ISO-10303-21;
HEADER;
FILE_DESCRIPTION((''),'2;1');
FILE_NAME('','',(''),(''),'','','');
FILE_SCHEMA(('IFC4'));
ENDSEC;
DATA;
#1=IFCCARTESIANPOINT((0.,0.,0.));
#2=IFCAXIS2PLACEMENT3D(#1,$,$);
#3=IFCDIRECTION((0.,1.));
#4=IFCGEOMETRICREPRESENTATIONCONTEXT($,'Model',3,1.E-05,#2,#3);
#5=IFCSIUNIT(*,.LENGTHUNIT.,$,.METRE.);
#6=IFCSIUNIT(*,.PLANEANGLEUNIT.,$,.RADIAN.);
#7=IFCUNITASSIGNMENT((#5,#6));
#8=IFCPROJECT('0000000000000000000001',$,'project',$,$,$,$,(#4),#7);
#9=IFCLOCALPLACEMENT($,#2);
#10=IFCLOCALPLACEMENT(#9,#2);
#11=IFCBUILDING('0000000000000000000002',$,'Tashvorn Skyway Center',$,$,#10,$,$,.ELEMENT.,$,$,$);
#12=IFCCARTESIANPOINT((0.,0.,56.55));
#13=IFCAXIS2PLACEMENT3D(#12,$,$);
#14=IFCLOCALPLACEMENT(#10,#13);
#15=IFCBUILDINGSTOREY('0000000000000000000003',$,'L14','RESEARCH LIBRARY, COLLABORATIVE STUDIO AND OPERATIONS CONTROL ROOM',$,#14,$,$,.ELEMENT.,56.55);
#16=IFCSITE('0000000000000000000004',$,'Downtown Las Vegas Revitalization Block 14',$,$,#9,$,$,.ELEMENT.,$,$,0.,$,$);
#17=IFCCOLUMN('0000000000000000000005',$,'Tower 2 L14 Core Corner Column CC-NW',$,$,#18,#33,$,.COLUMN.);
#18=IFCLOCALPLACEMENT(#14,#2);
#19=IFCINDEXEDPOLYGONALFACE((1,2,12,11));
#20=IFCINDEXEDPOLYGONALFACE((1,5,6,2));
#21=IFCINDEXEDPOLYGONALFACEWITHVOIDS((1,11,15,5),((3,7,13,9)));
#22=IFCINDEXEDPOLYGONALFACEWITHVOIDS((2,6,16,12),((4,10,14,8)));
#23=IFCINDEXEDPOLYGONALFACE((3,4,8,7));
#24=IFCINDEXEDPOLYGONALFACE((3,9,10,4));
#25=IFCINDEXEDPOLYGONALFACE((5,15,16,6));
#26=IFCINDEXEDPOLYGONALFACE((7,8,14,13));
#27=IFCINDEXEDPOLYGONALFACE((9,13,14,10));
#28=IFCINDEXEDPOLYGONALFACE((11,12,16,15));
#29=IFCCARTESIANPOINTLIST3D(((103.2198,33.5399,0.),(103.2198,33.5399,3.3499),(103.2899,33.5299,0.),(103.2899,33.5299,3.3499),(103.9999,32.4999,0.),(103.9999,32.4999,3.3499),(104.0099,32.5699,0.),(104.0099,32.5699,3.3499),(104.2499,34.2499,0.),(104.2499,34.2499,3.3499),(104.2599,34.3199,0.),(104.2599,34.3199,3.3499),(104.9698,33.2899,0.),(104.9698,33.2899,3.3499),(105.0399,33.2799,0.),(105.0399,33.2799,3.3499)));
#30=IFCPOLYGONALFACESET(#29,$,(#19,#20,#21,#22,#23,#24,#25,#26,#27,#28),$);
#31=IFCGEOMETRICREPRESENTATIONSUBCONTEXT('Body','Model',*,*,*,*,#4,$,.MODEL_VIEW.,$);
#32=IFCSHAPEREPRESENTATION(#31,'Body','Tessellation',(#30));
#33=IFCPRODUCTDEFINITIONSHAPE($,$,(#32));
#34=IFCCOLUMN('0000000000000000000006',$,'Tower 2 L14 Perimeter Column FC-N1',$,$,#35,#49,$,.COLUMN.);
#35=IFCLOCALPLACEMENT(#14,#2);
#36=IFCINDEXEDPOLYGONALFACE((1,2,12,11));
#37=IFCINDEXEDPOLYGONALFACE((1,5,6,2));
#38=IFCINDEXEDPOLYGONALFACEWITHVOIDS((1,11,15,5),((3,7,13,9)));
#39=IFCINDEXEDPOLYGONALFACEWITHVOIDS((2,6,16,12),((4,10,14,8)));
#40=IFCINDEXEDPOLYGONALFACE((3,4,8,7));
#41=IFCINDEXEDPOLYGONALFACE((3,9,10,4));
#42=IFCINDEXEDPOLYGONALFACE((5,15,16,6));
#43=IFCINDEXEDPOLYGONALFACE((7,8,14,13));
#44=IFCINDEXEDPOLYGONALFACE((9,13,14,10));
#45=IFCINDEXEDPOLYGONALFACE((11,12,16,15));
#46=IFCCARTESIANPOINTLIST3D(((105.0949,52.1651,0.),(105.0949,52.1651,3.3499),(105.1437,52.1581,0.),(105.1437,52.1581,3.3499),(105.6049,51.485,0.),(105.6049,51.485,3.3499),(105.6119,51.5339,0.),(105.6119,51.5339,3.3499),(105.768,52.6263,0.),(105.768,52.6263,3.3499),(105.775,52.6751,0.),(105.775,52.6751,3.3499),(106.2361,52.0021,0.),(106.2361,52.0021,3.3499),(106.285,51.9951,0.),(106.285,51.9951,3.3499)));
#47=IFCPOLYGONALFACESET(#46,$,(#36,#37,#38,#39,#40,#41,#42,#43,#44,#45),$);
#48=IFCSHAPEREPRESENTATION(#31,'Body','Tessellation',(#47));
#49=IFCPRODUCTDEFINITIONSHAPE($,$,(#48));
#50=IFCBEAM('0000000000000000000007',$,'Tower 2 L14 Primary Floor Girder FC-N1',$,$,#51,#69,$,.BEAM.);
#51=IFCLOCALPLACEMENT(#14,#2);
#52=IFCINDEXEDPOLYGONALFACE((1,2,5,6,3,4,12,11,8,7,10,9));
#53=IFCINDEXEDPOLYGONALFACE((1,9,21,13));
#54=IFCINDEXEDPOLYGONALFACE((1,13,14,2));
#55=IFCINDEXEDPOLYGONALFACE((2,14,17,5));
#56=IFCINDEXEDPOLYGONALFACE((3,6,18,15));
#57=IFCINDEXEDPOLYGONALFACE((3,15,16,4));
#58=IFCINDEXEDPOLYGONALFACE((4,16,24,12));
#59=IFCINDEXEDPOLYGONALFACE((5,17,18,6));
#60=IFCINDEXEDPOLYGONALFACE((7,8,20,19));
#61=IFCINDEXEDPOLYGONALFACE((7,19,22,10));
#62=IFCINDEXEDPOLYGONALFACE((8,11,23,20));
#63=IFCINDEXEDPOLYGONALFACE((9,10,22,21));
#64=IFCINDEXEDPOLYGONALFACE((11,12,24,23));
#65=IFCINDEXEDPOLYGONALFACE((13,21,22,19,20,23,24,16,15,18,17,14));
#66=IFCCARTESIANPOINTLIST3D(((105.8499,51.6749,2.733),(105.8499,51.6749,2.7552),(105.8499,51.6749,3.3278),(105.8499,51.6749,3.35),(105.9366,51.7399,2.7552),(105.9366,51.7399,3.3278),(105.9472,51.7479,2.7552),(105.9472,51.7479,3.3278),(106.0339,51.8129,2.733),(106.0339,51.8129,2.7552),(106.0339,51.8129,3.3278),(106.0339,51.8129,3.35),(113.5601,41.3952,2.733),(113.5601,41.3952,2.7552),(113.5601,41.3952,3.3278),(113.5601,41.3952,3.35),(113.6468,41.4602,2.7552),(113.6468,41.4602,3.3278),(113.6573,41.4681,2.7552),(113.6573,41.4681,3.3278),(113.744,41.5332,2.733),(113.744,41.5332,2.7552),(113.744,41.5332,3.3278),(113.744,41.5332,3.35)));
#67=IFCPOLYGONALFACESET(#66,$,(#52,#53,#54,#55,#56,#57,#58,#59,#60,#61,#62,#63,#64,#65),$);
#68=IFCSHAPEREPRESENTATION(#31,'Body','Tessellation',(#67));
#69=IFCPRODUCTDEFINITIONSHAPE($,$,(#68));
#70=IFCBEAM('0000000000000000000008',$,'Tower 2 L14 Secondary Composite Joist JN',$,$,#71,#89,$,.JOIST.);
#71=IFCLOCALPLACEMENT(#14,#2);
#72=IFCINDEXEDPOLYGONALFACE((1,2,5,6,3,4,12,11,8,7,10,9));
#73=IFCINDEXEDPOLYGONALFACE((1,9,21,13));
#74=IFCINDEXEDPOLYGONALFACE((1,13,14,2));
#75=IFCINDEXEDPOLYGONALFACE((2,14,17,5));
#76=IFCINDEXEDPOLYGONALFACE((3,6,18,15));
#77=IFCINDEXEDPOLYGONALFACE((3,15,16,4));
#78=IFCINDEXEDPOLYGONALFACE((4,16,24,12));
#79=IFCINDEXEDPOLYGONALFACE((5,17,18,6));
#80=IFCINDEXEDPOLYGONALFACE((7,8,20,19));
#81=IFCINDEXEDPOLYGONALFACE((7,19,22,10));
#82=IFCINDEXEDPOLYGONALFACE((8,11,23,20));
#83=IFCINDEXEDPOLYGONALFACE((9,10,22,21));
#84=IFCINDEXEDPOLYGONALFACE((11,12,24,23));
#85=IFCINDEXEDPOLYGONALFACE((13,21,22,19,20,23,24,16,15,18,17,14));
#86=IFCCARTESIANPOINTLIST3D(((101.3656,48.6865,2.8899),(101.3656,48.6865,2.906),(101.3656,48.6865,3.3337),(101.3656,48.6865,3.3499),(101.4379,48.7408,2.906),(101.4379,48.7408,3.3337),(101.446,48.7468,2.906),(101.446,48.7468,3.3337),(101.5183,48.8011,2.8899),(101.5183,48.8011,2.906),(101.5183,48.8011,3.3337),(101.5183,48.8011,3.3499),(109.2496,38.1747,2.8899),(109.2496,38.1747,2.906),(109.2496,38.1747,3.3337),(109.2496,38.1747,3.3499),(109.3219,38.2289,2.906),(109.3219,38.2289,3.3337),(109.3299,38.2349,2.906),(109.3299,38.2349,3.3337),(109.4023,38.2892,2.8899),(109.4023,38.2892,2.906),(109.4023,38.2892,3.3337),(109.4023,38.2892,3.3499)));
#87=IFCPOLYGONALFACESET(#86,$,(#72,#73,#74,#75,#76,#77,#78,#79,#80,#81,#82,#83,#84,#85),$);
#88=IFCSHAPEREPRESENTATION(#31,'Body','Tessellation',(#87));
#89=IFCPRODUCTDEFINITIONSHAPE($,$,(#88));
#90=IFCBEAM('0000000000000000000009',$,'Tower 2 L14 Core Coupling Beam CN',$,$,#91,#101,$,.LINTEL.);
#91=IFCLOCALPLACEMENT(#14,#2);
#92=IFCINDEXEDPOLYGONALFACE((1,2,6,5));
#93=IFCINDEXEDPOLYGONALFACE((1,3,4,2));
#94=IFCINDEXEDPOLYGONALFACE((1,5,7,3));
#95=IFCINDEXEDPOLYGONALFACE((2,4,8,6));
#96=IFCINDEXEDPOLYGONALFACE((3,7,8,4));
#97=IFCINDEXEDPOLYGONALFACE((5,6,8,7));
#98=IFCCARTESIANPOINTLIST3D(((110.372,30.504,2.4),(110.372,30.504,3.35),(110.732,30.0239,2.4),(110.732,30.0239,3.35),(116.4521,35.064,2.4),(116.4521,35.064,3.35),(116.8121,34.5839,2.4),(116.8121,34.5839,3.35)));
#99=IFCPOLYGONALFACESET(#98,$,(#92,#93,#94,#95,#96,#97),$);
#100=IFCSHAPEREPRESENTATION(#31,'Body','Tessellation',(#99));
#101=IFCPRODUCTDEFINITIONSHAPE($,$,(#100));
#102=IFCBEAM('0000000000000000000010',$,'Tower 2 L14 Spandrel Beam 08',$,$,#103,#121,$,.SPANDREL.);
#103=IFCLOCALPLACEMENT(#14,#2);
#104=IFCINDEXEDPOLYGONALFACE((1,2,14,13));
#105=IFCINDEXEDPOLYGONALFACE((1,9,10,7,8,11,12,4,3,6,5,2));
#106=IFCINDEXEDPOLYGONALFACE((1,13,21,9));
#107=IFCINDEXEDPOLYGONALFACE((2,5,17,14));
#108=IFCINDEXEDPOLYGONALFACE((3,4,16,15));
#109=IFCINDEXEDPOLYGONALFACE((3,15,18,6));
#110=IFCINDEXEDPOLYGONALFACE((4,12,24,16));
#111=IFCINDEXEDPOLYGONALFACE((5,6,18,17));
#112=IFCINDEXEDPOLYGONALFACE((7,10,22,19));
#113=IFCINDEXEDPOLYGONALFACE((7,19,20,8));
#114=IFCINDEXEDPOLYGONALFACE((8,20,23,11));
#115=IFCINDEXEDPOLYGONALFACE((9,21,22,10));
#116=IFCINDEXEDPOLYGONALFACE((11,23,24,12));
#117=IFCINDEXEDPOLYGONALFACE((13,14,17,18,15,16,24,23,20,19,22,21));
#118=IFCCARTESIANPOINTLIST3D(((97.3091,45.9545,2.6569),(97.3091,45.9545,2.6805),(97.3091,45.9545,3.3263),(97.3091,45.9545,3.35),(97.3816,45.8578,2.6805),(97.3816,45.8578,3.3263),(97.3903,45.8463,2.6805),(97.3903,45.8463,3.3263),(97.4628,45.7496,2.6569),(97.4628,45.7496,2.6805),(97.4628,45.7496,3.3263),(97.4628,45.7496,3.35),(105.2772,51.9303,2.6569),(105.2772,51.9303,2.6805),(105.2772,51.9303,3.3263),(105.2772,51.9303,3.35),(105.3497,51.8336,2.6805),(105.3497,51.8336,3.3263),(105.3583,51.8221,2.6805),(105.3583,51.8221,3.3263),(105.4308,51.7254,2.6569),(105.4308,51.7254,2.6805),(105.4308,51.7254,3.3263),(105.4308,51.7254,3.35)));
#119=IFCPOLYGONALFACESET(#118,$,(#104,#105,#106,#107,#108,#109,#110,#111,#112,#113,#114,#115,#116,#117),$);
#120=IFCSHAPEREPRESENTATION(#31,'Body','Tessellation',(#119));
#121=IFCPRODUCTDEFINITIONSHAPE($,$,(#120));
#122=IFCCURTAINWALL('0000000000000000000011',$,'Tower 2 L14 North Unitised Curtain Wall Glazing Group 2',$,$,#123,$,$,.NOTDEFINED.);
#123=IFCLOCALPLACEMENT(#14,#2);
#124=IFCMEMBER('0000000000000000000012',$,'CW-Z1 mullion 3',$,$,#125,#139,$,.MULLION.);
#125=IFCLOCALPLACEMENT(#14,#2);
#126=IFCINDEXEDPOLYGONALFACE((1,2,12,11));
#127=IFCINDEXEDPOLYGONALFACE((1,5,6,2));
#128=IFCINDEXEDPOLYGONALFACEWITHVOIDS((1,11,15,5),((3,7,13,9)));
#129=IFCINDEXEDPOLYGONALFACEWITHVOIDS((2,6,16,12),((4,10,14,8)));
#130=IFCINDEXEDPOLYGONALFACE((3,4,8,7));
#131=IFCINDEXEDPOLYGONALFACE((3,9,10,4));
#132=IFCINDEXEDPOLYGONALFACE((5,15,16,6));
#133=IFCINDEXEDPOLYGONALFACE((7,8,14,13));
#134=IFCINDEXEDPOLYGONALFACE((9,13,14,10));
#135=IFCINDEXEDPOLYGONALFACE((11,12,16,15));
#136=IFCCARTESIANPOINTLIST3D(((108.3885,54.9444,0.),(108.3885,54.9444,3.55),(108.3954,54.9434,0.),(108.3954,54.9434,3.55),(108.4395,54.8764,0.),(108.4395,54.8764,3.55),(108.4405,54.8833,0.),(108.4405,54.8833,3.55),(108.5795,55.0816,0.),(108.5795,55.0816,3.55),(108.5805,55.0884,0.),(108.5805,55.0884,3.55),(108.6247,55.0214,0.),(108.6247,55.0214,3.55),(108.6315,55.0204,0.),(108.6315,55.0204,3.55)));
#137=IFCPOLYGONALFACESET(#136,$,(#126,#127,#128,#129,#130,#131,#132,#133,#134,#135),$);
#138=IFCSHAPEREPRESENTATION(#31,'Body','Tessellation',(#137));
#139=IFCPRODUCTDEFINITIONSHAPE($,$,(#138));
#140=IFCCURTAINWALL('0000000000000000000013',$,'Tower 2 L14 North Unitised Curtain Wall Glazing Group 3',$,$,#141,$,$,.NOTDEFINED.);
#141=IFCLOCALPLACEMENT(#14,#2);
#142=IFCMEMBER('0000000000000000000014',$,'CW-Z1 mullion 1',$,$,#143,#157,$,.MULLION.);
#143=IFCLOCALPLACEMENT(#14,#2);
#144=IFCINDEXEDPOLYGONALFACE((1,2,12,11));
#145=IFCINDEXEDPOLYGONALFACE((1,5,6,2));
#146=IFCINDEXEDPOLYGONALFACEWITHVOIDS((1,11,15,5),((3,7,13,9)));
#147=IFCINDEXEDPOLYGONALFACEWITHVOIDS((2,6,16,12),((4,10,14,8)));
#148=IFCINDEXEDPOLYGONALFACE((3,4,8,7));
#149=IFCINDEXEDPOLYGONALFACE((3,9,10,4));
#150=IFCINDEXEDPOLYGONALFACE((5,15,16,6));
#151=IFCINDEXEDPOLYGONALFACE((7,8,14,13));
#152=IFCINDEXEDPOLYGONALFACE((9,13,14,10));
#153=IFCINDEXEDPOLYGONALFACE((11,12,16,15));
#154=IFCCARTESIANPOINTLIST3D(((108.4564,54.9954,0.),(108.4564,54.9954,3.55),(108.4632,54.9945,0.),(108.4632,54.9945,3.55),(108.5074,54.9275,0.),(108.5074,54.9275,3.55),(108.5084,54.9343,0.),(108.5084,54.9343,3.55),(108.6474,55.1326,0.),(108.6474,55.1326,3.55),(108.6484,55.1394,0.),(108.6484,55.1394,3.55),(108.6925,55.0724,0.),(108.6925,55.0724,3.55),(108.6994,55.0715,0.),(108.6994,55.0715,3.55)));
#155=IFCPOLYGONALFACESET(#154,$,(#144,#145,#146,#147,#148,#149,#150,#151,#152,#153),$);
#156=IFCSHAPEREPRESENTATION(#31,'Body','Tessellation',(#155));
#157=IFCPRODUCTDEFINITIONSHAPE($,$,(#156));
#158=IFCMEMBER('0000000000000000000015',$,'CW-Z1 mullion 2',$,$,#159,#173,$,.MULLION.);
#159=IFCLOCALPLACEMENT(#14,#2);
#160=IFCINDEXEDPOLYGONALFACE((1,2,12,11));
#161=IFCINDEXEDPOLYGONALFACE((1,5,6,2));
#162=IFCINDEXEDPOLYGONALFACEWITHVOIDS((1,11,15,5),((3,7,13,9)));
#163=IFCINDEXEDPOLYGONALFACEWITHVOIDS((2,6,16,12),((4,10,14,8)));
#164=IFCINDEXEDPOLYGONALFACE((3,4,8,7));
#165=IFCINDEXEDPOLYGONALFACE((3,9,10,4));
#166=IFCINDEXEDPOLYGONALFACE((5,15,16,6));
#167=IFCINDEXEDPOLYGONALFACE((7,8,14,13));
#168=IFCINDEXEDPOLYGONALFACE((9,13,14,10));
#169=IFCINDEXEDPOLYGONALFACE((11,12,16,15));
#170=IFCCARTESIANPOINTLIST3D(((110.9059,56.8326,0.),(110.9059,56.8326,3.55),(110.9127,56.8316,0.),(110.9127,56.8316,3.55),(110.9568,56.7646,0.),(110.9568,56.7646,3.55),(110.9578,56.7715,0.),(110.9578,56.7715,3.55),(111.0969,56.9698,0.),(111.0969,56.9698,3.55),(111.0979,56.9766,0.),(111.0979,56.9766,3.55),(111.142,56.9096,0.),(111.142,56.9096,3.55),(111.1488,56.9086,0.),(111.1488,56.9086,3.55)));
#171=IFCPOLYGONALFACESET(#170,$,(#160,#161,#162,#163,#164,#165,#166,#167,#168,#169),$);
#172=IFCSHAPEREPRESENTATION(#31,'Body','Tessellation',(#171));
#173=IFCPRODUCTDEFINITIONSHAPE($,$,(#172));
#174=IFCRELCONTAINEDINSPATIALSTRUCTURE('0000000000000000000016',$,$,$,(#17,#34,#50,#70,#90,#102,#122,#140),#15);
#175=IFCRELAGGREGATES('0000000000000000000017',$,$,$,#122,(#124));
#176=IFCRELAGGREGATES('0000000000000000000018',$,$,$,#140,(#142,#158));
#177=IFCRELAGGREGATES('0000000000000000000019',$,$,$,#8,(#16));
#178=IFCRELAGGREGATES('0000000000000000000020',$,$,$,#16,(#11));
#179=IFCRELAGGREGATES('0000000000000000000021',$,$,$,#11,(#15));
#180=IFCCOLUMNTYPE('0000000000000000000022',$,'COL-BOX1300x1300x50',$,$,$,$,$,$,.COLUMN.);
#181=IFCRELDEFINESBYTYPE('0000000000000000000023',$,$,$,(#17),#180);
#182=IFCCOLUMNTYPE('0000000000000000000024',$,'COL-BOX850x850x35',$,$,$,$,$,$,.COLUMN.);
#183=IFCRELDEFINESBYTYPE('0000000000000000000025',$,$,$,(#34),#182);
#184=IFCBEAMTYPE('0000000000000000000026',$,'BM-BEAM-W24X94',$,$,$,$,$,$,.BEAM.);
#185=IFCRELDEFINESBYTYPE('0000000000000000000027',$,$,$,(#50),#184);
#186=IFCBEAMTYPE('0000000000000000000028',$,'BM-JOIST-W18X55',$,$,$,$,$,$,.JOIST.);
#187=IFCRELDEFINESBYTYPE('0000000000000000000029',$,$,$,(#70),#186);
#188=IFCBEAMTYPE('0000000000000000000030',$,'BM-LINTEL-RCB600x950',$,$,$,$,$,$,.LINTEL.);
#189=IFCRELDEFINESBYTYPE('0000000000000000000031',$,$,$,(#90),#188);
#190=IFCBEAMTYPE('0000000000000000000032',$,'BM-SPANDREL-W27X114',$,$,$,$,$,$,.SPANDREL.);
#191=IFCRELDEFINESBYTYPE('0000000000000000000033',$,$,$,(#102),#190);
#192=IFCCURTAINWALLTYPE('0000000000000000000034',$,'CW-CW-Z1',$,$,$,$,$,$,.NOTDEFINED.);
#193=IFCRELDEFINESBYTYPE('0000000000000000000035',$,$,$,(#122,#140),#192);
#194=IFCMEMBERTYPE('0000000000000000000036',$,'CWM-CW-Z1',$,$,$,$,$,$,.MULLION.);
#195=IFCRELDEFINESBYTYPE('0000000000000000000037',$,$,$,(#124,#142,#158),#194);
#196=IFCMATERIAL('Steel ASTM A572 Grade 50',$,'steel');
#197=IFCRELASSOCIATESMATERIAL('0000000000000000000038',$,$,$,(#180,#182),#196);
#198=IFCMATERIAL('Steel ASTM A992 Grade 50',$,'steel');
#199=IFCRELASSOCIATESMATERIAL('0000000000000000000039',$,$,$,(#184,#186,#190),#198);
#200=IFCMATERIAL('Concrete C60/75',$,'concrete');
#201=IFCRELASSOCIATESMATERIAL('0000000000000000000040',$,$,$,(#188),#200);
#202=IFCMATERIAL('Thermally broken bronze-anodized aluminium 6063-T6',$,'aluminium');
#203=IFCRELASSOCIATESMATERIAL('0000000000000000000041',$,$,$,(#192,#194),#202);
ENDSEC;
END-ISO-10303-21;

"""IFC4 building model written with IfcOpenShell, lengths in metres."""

from ifc_helpers import new_model, si_unit, direction, frame, origin, origin_2d, place, context, subcontext, project, spatial, rectangle, hollow_rectangle, i_section, extrude, material, material_profile, profile_set, type_object, element, aggregate, save


model = new_model("IFC4")

# Units and contexts
model_context = context("Model", 3, precision=1e-05, world=origin(), true_north=direction((0.0, 1.0)))
body_context = subcontext(model_context, "Body", "Model", "MODEL_VIEW")
ifc_project = project(units=[si_unit("LENGTHUNIT", "METRE"), si_unit("PLANEANGLEUNIT", "RADIAN")], contexts=[model_context])

# Site, building, storey
site_placement = place(None, origin())
site = spatial("IfcSite", under=ifc_project, at=site_placement, Name="Downtown Las Vegas Revitalization Block 14", CompositionType="ELEMENT", RefElevation=0.0)
building_placement = place(site_placement, origin())
building = spatial("IfcBuilding", under=site, at=building_placement, Name="Tashvorn Skyway Center", CompositionType="ELEMENT")
storey_placement = place(building_placement, frame((0.0, 0.0, 56.55)))
storey = spatial("IfcBuildingStorey", under=building, at=storey_placement, Name="L14", Description="RESEARCH LIBRARY, COLLABORATIVE STUDIO AND OPERATIONS CONTROL ROOM", CompositionType="ELEMENT", Elevation=56.55)

# Columns
ifc_material_1 = material(Name="Steel ASTM A572 Grade 50", Category="steel")
ifc_material_profile_1 = material_profile(ifc_material_1, hollow_rectangle(XDim=1.3, YDim=1.3, WallThickness=0.05, at=origin_2d()), Name="BOX1300x1300x50")
ifc_profile_set_1 = profile_set([ifc_material_profile_1], Name="Steel ASTM A572 Grade 50")
column_type_1 = type_object("IfcColumnType", Name="COL-BOX1300x1300x50", PredefinedType="COLUMN", material=ifc_profile_set_1)
column_1_placement = place(storey_placement, frame((104.1299, 33.4099, 0.0), z_axis=(0.0, 0.0, 1.0), x_axis=(0.8, 0.6, 0.0)))
element("IfcColumn", 1, at=column_1_placement, inside=storey, type_object=column_type_1, Name="Tower 2 L14 Core Corner Column CC-NW", PredefinedType="COLUMN", context=body_context, shape_type="SweptSolid", body=[
    extrude(hollow_rectangle(XDim=1.3, YDim=1.3, WallThickness=0.05, at=origin_2d()), origin(), (0.0, 0.0, 1.0), 3.3499),
])
ifc_material_profile_2 = material_profile(ifc_material_1, hollow_rectangle(XDim=0.8501, YDim=0.8501, WallThickness=0.0349, at=origin_2d()), Name="BOX850x850x35")
ifc_profile_set_2 = profile_set([ifc_material_profile_2], Name="Steel ASTM A572 Grade 50")
column_type_2 = type_object("IfcColumnType", Name="COL-BOX850x850x35", PredefinedType="COLUMN", material=ifc_profile_set_2)
column_2_placement = place(storey_placement, frame((105.6899, 52.0801, 0.0), z_axis=(0.0, 0.0, 1.0), x_axis=(0.8, 0.6, 0.0)))
element("IfcColumn", 2, at=column_2_placement, inside=storey, type_object=column_type_2, Name="Tower 2 L14 Perimeter Column FC-N1", PredefinedType="COLUMN", context=body_context, shape_type="SweptSolid", body=[
    extrude(hollow_rectangle(XDim=0.8501, YDim=0.8501, WallThickness=0.0349, at=origin_2d()), origin(), (0.0, 0.0, 1.0), 3.3499),
])

# Beams
ifc_material_2 = material(Name="Steel ASTM A992 Grade 50", Category="steel")
ifc_material_profile_3 = material_profile(ifc_material_2, i_section(OverallWidth=0.23, OverallDepth=0.6169, WebThickness=0.0132, FlangeThickness=0.0222, at=origin_2d()), Name="W24X94")
ifc_profile_set_3 = profile_set([ifc_material_profile_3], Name="Steel ASTM A992 Grade 50")
beam_type_1 = type_object("IfcBeamType", Name="BM-BEAM-W24X94", PredefinedType="BEAM", material=ifc_profile_set_3)
beam_1_placement = place(storey_placement, frame((105.9419, 51.7439, 3.0415), z_axis=(0.600018, -0.799986, 0.0), x_axis=(0.799986, 0.600018, 0.0)))
element("IfcBeam", 3, at=beam_1_placement, inside=storey, type_object=beam_type_1, Name="Tower 2 L14 Primary Floor Girder FC-N1", PredefinedType="BEAM", context=body_context, shape_type="SweptSolid", body=[
    extrude(i_section(OverallWidth=0.23, OverallDepth=0.6169, WebThickness=0.0132, FlangeThickness=0.0222, at=origin_2d()), origin(), (0.0, 0.0, 1.0), 12.8499),
])
ifc_material_profile_4 = material_profile(ifc_material_2, i_section(OverallWidth=0.1909, OverallDepth=0.46, WebThickness=0.01, FlangeThickness=0.0161, at=origin_2d()), Name="W18X55")
ifc_profile_set_4 = profile_set([ifc_material_profile_4], Name="Steel ASTM A992 Grade 50")
beam_type_2 = type_object("IfcBeamType", Name="BM-JOIST-W18X55", PredefinedType="JOIST", material=ifc_profile_set_4)
beam_2_placement = place(storey_placement, frame((109.3259, 38.2319, 3.1199), z_axis=(-0.600003, 0.799998, 0.0), x_axis=(-0.799998, -0.600003, 0.0)))
element("IfcBeam", 4, at=beam_2_placement, inside=storey, type_object=beam_type_2, Name="Tower 2 L14 Secondary Composite Joist JN", PredefinedType="JOIST", context=body_context, shape_type="SweptSolid", body=[
    extrude(i_section(OverallWidth=0.1909, OverallDepth=0.46, WebThickness=0.01, FlangeThickness=0.0161, at=origin_2d()), origin(), (0.0, 0.0, 1.0), 13.1399),
])
ifc_material_3 = material(Name="Concrete C60/75", Category="concrete")
ifc_material_profile_5 = material_profile(ifc_material_3, rectangle(XDim=0.6001, YDim=0.95, at=origin_2d()), Name="RCB600x950")
ifc_profile_set_5 = profile_set([ifc_material_profile_5], Name="Concrete C60/75")
beam_type_3 = type_object("IfcBeamType", Name="BM-LINTEL-RCB600x950", PredefinedType="LINTEL", material=ifc_profile_set_5)
beam_3_placement = place(storey_placement, frame((110.552, 30.2639, 2.875), z_axis=(0.8, 0.6, 0.0), x_axis=(-0.6, 0.8, 0.0)))
element("IfcBeam", 5, at=beam_3_placement, inside=storey, type_object=beam_type_3, Name="Tower 2 L14 Core Coupling Beam CN", PredefinedType="LINTEL", context=body_context, shape_type="SweptSolid", body=[
    extrude(rectangle(XDim=0.6001, YDim=0.95, at=origin_2d()), origin(), (0.0, 0.0, 1.0), 7.6001),
])
ifc_material_profile_6 = material_profile(ifc_material_2, i_section(OverallWidth=0.2561, OverallDepth=0.6931, WebThickness=0.0144, FlangeThickness=0.0237, at=origin_2d()), Name="W27X114")
ifc_profile_set_6 = profile_set([ifc_material_profile_6], Name="Steel ASTM A992 Grade 50")
beam_type_4 = type_object("IfcBeamType", Name="BM-SPANDREL-W27X114", PredefinedType="SPANDREL", material=ifc_profile_set_6)
beam_4_placement = place(storey_placement, frame((105.354, 51.8279, 3.0034), z_axis=(-0.800009, -0.599988, 0.0), x_axis=(0.599988, -0.800009, 0.0)))
element("IfcBeam", 6, at=beam_4_placement, inside=storey, type_object=beam_type_4, Name="Tower 2 L14 Spandrel Beam 08", PredefinedType="SPANDREL", context=body_context, shape_type="SweptSolid", body=[
    extrude(i_section(OverallWidth=0.2561, OverallDepth=0.6931, WebThickness=0.0144, FlangeThickness=0.0237, at=origin_2d()), origin(), (0.0, 0.0, 1.0), 9.96),
])

# Curtain wall, member
ifc_material_4 = material(Name="Thermally broken bronze-anodized aluminium 6063-T6", Category="aluminium")
curtain_wall_type = type_object("IfcCurtainWallType", Name="CW-CW-Z1", PredefinedType="NOTDEFINED", material=ifc_material_4)
curtain_wall_1_placement = place(storey_placement, origin())
curtain_wall_1 = element("IfcCurtainWall", 7, at=curtain_wall_1_placement, inside=storey, type_object=curtain_wall_type, Name="Tower 2 L14 North Unitised Curtain Wall Glazing Group 2", PredefinedType="NOTDEFINED")
ifc_material_profile_7 = material_profile(ifc_material_4, hollow_rectangle(XDim=0.085, YDim=0.24, WallThickness=0.0049, at=origin_2d()), Name="ALU-MULL-85x240")
ifc_profile_set_7 = profile_set([ifc_material_profile_7], Name="Thermally broken bronze-anodized aluminium 6063-T6")
member_type_1 = type_object("IfcMemberType", Name="CWM-CW-Z1", PredefinedType="MULLION", material=ifc_profile_set_7)
member_1_placement = place(storey_placement, frame((108.51, 54.9824, 0.0), z_axis=(0.0, 0.0, 1.0), x_axis=(-0.6, 0.8, 0.0)))
member_1 = element("IfcMember", 8, at=member_1_placement, type_object=member_type_1, Name="CW-Z1 mullion 3", PredefinedType="MULLION", context=body_context, shape_type="SweptSolid", body=[
    extrude(hollow_rectangle(XDim=0.085, YDim=0.24, WallThickness=0.0049, at=origin_2d()), origin(), (0.0, 0.0, 1.0), 3.55),
])

# Curtain wall, members
curtain_wall_2_placement = place(storey_placement, origin())
curtain_wall_2 = element("IfcCurtainWall", 9, at=curtain_wall_2_placement, inside=storey, type_object=curtain_wall_type, Name="Tower 2 L14 North Unitised Curtain Wall Glazing Group 3", PredefinedType="NOTDEFINED")
member_2_placement = place(storey_placement, frame((108.5779, 55.0334, 0.0), z_axis=(0.0, 0.0, 1.0), x_axis=(-0.600005, 0.799996, 0.0)))
member_2 = element("IfcMember", 10, at=member_2_placement, type_object=member_type_1, Name="CW-Z1 mullion 1", PredefinedType="MULLION", context=body_context, shape_type="SweptSolid", body=[
    extrude(hollow_rectangle(XDim=0.085, YDim=0.24, WallThickness=0.0049, at=origin_2d()), origin(), (0.0, 0.0, 1.0), 3.55),
])
member_3_placement = place(storey_placement, frame((111.0273, 56.8706, 0.0), z_axis=(0.0, 0.0, 1.0), x_axis=(-0.600005, 0.799996, 0.0)))
member_3 = element("IfcMember", 11, at=member_3_placement, type_object=member_type_1, Name="CW-Z1 mullion 2", PredefinedType="MULLION", context=body_context, shape_type="SweptSolid", body=[
    extrude(hollow_rectangle(XDim=0.085, YDim=0.24, WallThickness=0.0049, at=origin_2d()), origin(), (0.0, 0.0, 1.0), 3.55),
])

aggregate(curtain_wall_1, [member_1])
aggregate(curtain_wall_2, [member_2, member_3])

save(model, "model.ifc")
